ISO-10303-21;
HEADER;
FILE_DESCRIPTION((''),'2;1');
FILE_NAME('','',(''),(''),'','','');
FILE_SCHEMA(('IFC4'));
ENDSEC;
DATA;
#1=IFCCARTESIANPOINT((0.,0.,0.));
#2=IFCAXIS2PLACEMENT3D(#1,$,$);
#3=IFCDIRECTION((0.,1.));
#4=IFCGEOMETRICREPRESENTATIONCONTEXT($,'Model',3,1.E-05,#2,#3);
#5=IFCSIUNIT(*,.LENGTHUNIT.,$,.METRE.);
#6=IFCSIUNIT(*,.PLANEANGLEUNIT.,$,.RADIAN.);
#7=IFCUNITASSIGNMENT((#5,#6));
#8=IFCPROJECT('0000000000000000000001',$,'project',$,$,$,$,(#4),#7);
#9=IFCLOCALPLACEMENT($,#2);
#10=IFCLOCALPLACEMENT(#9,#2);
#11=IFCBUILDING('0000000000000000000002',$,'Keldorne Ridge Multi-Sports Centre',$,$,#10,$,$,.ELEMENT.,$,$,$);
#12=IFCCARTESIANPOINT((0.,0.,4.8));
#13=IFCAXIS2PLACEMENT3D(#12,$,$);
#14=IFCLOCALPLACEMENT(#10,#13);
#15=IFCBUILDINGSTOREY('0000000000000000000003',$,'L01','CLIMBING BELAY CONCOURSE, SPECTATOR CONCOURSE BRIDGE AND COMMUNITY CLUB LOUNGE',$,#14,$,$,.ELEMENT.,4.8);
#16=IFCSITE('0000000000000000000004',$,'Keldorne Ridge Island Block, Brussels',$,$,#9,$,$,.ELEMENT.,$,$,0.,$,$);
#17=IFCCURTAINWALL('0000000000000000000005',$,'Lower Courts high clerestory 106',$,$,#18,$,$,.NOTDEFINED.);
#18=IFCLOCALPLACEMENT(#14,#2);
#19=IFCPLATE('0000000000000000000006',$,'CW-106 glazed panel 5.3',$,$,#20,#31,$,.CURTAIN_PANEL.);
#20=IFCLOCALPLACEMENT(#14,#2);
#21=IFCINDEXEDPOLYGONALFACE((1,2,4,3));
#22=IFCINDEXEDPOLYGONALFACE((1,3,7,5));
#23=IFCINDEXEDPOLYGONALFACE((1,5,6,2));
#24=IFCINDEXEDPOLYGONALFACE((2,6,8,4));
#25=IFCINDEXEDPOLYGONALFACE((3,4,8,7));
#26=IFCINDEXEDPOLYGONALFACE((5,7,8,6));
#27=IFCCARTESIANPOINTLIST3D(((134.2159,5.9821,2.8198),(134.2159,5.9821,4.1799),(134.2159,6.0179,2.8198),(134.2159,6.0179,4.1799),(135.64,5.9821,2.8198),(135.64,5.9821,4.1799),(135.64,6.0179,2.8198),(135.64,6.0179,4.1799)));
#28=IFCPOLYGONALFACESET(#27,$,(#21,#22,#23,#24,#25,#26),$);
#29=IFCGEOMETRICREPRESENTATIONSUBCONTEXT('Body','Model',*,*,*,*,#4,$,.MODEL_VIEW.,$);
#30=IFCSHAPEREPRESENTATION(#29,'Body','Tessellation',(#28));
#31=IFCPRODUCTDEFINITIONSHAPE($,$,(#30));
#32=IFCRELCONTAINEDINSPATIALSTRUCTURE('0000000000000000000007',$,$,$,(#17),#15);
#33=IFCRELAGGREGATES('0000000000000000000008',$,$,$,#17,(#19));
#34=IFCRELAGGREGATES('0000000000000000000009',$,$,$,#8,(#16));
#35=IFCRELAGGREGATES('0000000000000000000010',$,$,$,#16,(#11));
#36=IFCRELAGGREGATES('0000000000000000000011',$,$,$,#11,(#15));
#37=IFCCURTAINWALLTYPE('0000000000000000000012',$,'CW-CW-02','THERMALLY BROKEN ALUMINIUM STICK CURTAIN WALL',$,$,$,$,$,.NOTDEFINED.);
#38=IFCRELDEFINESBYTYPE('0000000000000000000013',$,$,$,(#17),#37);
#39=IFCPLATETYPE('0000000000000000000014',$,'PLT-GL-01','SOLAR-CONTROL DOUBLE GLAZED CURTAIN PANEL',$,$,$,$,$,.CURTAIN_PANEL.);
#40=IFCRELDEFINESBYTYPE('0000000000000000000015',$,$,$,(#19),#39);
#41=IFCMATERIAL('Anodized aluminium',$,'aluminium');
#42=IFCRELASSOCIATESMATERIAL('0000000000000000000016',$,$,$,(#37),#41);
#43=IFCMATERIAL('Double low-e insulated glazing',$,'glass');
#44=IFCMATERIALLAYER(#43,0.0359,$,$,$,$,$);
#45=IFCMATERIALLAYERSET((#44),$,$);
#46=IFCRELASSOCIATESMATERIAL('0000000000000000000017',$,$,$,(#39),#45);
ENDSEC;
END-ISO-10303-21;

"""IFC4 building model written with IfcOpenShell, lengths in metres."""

from ifc_helpers import new_model, si_unit, direction, frame, origin, origin_2d, place, context, subcontext, project, spatial, rectangle, extrude, material, layer, layer_set, type_object, element, aggregate, save


model = new_model("IFC4")

# Units and contexts
model_context = context("Model", 3, precision=1e-05, world=origin(), true_north=direction((0.0, 1.0)))
body_context = subcontext(model_context, "Body", "Model", "MODEL_VIEW")
ifc_project = project(units=[si_unit("LENGTHUNIT", "METRE"), si_unit("PLANEANGLEUNIT", "RADIAN")], contexts=[model_context])

# Site, building, storey
site_placement = place(None, origin())
site = spatial("IfcSite", under=ifc_project, at=site_placement, Name="Keldorne Ridge Island Block, Brussels", CompositionType="ELEMENT", RefElevation=0.0)
building_placement = place(site_placement, origin())
building = spatial("IfcBuilding", under=site, at=building_placement, Name="Keldorne Ridge Multi-Sports Centre", CompositionType="ELEMENT")
storey_placement = place(building_placement, frame((0.0, 0.0, 4.8)))
storey = spatial("IfcBuildingStorey", under=building, at=storey_placement, Name="L01", Description="CLIMBING BELAY CONCOURSE, SPECTATOR CONCOURSE BRIDGE AND COMMUNITY CLUB LOUNGE", CompositionType="ELEMENT", Elevation=4.8)

# Curtain wall
ifc_material_1 = material(Name="Anodized aluminium", Category="aluminium")
curtain_wall_type_1 = type_object("IfcCurtainWallType", Name="CW-CW-02", Description="THERMALLY BROKEN ALUMINIUM STICK CURTAIN WALL", PredefinedType="NOTDEFINED", material=ifc_material_1)
curtain_wall_1_placement = place(storey_placement, origin())
curtain_wall_1 = element("IfcCurtainWall", 1, at=curtain_wall_1_placement, inside=storey, type_object=curtain_wall_type_1, Name="Lower Courts high clerestory 106", PredefinedType="NOTDEFINED")

# Plate
ifc_material_2 = material(Name="Double low-e insulated glazing", Category="glass")
ifc_layer = layer(ifc_material_2, 0.0359)
ifc_layer_set = layer_set([ifc_layer])
plate_type = type_object("IfcPlateType", Name="PLT-GL-01", Description="SOLAR-CONTROL DOUBLE GLAZED CURTAIN PANEL", PredefinedType="CURTAIN_PANEL", material=ifc_layer_set)
plate_1_placement = place(storey_placement, frame((134.928, 6.0, 2.8198), z_axis=(0.0, 0.0, 1.0), x_axis=(1.0, 0.0, 0.0)))
plate_1 = element("IfcPlate", 2, at=plate_1_placement, type_object=plate_type, Name="CW-106 glazed panel 5.3", PredefinedType="CURTAIN_PANEL", context=body_context, shape_type="SweptSolid", body=[
    extrude(rectangle(XDim=1.4241, YDim=0.0359, at=origin_2d()), origin(), (0.0, 0.0, 1.0), 1.3601),
])
aggregate(curtain_wall_1, [plate_1])

save(model, "model.ifc")
